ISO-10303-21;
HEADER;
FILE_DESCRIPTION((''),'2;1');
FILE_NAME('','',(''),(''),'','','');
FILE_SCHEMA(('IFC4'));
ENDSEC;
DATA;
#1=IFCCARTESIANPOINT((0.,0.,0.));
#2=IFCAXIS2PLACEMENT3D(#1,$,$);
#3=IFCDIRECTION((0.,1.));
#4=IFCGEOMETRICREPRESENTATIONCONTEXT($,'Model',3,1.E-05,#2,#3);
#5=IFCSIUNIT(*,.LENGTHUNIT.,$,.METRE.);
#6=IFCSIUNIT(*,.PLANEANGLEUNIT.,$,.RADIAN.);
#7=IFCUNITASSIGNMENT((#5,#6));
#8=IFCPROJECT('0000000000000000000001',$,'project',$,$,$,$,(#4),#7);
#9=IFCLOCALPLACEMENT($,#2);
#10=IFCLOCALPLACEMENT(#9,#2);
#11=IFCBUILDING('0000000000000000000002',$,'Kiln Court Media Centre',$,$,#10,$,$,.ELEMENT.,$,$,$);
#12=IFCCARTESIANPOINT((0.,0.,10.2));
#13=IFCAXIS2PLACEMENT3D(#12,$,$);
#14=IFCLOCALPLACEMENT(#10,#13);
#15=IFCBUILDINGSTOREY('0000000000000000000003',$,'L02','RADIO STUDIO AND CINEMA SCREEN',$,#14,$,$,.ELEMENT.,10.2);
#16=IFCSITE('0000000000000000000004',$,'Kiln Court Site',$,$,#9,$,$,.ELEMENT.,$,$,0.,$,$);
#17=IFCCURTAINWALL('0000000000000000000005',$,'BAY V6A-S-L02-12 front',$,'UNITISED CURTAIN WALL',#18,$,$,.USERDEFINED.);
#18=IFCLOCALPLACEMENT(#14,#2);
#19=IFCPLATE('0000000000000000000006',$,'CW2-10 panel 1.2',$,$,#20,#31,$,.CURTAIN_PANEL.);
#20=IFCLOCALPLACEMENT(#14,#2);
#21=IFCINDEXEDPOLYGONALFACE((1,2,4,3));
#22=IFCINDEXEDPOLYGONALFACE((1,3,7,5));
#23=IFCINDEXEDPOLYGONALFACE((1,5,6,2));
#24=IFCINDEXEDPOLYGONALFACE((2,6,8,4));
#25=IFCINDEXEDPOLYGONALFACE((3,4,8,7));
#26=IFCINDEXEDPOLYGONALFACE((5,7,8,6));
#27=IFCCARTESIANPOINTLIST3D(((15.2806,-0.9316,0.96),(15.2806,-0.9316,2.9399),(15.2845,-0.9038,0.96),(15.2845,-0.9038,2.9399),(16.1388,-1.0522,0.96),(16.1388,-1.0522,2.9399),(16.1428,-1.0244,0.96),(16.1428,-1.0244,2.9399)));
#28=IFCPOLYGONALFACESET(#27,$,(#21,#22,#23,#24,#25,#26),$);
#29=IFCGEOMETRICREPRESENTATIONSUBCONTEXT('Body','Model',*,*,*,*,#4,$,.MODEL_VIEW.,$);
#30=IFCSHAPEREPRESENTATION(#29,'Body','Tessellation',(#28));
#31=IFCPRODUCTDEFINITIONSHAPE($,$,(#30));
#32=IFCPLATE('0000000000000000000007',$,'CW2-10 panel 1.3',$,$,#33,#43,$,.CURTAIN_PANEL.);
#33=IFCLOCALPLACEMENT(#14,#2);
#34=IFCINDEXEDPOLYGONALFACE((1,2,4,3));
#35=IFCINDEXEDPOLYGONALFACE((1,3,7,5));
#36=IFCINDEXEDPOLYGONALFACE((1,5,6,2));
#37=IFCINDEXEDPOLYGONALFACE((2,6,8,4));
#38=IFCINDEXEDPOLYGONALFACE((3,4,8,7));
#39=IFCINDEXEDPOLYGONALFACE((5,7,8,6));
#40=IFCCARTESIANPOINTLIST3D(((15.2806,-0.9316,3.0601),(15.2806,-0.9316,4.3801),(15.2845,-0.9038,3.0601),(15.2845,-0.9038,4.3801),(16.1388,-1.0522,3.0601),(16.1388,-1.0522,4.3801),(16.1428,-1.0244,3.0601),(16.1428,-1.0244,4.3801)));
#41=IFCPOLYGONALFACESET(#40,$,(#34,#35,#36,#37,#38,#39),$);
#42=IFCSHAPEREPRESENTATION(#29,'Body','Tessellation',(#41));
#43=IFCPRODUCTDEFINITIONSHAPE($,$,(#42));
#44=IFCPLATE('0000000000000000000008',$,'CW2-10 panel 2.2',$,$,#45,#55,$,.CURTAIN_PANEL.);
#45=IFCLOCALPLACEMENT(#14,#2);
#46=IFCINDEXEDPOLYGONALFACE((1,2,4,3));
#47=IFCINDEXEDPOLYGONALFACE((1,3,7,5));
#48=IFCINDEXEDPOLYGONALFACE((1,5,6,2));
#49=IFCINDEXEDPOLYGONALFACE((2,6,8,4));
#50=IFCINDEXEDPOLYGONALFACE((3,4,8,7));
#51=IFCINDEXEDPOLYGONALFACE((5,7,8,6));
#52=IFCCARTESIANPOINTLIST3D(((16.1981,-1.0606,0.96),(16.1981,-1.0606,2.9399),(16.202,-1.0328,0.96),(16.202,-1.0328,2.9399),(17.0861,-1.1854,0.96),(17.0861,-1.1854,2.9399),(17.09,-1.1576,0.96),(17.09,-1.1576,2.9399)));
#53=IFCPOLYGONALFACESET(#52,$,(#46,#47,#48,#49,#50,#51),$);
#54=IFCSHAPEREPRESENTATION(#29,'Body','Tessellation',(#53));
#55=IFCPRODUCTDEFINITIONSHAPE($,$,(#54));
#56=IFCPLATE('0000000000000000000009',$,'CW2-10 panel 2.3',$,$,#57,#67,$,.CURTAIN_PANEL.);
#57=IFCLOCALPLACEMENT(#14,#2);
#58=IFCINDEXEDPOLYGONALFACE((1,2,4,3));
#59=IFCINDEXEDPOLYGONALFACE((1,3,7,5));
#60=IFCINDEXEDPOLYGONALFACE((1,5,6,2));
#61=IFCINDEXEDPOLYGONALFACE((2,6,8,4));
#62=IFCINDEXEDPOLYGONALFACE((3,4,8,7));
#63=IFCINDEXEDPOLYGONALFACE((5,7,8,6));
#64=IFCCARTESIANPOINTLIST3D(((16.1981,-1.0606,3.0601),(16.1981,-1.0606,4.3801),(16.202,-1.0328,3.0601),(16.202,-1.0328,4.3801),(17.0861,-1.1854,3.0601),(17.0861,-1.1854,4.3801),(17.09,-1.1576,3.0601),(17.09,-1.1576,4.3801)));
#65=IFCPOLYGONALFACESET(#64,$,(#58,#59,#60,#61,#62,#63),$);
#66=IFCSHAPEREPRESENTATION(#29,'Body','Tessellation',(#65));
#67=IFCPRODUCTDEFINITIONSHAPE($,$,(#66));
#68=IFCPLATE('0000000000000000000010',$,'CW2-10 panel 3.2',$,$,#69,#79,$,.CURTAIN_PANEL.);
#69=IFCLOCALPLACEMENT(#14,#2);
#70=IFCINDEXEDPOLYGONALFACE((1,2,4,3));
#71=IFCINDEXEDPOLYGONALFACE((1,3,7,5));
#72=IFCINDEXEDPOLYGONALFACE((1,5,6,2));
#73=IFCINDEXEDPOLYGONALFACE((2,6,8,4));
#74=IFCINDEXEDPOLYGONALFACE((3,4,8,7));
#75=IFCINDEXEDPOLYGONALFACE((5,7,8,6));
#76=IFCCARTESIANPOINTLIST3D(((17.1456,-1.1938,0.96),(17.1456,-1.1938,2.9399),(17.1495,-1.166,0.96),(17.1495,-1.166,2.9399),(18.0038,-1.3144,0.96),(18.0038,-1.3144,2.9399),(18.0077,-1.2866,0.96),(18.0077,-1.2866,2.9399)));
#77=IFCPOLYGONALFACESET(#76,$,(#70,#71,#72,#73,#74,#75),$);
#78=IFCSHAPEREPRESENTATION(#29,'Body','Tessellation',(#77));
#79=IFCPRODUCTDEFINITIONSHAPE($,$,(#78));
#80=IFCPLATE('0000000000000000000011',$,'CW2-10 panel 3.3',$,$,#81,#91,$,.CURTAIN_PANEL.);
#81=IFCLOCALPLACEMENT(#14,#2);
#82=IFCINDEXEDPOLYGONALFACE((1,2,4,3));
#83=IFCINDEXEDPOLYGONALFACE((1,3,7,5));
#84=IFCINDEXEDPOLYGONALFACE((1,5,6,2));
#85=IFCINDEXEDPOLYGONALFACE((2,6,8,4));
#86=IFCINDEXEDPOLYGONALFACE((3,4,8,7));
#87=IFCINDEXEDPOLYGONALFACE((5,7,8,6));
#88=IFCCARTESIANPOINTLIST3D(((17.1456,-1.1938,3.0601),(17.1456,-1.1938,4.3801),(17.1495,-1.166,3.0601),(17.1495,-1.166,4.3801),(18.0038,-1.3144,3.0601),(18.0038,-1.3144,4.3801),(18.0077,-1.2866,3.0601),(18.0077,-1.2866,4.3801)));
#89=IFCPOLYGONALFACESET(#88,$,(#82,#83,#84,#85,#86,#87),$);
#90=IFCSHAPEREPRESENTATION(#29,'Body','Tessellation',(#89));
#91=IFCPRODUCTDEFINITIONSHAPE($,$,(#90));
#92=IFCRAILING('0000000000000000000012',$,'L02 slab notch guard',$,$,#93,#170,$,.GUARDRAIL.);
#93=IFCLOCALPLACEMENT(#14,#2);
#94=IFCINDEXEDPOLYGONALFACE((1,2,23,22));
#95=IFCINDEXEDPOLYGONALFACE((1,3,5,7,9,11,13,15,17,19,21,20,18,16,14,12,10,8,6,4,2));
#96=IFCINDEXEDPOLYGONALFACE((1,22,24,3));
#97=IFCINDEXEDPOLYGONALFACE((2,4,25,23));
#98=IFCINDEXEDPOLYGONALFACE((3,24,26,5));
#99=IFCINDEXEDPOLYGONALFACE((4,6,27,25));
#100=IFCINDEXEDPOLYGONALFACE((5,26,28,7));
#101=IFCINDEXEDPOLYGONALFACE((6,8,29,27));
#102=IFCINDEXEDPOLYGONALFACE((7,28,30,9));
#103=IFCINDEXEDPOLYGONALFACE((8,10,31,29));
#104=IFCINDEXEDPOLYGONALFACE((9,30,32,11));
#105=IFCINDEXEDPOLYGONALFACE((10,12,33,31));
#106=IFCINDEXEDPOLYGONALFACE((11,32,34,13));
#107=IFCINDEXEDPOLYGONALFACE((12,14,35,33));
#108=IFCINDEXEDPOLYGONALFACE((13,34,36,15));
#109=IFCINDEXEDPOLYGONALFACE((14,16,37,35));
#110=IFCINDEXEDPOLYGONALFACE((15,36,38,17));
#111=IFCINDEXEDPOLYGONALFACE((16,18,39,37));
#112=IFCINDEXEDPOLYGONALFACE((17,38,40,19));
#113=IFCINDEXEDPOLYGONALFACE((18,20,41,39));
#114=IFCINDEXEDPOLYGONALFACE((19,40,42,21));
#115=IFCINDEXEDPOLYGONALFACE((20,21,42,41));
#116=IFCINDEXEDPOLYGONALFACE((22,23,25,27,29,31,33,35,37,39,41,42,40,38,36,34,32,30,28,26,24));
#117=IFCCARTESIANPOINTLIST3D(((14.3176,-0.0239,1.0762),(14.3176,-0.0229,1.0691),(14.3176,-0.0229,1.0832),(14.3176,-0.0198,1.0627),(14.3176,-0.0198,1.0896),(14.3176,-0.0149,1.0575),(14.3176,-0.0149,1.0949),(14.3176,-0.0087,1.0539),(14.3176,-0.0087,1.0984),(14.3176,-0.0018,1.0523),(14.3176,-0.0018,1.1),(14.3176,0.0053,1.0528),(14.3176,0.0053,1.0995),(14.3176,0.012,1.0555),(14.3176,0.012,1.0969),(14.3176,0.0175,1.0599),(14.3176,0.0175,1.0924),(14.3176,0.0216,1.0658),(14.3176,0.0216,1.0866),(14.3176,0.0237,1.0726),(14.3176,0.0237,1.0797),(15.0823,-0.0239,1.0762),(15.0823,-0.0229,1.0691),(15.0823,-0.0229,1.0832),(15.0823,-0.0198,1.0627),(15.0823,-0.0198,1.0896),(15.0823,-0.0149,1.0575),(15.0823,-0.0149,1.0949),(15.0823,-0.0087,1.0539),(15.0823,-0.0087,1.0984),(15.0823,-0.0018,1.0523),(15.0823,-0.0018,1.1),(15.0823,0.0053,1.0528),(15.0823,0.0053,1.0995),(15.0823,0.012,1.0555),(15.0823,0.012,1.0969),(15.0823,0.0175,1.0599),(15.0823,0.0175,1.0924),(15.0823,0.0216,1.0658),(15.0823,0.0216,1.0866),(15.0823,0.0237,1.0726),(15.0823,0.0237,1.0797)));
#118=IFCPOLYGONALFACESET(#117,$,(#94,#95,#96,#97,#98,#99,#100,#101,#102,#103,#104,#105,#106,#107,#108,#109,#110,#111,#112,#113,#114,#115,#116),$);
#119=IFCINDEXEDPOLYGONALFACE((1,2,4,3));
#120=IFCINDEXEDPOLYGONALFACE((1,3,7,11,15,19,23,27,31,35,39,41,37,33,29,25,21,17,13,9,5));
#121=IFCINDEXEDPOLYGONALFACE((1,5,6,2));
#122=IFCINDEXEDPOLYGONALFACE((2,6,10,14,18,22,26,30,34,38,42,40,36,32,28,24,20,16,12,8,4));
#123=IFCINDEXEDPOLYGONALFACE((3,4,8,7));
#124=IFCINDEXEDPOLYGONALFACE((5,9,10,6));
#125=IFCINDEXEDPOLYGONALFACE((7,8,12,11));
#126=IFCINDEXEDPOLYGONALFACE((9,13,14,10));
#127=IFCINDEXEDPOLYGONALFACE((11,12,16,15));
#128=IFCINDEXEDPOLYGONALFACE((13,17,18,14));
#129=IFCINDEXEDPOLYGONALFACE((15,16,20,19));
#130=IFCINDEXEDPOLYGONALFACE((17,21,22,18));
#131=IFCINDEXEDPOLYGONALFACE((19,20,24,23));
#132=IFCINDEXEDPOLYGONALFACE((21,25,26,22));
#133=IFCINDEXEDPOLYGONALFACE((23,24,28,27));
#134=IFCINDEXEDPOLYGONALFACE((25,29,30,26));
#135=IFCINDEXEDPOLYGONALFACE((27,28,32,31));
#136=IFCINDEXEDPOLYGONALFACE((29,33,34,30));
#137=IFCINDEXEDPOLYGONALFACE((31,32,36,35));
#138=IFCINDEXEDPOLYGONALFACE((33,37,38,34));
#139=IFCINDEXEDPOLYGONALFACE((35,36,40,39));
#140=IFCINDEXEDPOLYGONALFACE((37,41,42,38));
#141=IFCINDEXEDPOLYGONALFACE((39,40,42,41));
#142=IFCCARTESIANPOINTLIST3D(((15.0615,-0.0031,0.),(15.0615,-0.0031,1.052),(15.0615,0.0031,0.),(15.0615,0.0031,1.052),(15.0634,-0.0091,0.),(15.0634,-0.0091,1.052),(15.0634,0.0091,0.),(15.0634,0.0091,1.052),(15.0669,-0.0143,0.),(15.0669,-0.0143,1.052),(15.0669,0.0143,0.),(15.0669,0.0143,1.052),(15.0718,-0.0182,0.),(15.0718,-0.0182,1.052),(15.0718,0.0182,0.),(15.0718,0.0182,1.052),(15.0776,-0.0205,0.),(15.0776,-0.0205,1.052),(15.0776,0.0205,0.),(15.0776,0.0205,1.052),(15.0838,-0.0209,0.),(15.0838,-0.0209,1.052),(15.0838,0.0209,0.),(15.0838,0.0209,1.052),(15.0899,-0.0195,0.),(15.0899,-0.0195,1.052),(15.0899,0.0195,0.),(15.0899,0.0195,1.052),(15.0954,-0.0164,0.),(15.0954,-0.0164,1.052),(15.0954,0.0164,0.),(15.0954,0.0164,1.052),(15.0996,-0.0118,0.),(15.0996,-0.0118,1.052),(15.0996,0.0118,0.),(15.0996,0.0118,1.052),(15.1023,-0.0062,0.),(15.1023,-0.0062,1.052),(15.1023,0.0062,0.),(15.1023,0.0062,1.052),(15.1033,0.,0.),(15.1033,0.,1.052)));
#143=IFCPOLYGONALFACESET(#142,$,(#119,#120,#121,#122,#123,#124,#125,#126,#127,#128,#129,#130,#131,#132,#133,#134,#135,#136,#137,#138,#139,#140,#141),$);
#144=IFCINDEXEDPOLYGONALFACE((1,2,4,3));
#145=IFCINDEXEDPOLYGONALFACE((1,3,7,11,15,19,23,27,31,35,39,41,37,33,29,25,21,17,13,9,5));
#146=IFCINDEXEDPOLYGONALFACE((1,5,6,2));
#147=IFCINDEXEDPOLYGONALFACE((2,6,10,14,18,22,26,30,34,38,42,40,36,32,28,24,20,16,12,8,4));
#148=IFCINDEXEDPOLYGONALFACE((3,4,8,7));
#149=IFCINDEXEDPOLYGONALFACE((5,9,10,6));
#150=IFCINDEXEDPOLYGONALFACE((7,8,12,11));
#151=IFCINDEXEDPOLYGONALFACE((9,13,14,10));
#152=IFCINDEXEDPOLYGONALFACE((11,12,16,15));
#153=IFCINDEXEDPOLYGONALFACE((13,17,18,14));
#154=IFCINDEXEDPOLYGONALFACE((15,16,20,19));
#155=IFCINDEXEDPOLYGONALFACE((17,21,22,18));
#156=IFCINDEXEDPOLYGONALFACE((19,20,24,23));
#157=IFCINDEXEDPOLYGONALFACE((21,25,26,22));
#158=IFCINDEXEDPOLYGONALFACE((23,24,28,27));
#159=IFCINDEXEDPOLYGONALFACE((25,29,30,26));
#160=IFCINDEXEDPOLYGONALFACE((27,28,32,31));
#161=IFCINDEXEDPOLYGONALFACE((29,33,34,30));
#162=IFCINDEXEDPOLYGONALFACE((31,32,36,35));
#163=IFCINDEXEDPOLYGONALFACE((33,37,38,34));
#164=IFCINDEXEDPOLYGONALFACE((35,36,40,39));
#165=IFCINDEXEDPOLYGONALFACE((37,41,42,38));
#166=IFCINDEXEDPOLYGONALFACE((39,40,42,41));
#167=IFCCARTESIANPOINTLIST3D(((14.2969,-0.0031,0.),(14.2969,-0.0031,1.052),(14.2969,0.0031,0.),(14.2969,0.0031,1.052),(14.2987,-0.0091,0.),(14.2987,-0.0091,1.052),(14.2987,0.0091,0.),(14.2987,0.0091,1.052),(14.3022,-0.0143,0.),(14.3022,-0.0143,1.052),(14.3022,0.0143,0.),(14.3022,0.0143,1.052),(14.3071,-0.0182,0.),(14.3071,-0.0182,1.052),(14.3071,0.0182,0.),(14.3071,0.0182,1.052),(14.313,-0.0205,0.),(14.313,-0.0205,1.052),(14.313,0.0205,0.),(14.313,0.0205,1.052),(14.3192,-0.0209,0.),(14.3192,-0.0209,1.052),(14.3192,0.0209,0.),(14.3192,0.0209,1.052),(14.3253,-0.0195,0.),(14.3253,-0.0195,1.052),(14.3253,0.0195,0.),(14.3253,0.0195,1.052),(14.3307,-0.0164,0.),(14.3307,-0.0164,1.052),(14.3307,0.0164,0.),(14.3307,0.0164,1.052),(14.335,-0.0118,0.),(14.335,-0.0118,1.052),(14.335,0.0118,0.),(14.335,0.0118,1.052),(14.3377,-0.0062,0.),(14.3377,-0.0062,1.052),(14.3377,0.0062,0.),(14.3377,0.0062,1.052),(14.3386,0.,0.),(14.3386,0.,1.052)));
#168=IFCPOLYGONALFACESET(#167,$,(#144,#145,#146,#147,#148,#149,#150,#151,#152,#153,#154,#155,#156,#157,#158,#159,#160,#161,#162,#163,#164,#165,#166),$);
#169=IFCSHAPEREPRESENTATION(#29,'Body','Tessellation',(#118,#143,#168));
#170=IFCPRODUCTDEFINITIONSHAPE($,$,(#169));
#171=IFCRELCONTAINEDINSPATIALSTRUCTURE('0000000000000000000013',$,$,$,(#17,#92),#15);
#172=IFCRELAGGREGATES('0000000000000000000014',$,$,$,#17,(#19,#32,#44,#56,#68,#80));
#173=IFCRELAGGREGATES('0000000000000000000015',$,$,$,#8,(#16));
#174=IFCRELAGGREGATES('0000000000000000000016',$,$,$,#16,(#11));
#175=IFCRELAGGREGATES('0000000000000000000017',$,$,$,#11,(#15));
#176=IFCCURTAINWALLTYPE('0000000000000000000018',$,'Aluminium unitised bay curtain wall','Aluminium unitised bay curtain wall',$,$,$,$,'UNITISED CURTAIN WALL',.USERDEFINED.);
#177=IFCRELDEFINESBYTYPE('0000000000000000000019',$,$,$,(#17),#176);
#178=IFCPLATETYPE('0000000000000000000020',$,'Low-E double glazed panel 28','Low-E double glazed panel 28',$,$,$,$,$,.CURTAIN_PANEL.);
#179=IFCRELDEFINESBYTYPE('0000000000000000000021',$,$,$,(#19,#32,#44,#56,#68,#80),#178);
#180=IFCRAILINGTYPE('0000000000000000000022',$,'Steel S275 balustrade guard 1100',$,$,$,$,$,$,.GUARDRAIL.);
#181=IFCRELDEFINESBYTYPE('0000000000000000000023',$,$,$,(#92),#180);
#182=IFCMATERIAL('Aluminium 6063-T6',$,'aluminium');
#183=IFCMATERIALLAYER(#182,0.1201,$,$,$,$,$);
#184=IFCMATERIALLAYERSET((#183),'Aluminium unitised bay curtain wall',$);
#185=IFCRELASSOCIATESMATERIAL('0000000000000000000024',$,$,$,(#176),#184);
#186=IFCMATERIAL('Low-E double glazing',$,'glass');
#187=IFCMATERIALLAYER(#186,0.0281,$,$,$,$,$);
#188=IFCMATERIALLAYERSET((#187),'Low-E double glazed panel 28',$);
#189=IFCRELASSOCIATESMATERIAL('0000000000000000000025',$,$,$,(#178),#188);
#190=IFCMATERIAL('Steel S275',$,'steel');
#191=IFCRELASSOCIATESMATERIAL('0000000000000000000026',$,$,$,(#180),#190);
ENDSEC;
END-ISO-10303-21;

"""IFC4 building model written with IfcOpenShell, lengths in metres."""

from ifc_helpers import new_model, si_unit, direction, frame, origin, origin_2d, place, context, subcontext, project, spatial, rectangle, circle, extrude, material, layer, layer_set, type_object, element, aggregate, save


model = new_model("IFC4")

# Units and contexts
model_context = context("Model", 3, precision=1e-05, world=origin(), true_north=direction((0.0, 1.0)))
body_context = subcontext(model_context, "Body", "Model", "MODEL_VIEW")
ifc_project = project(units=[si_unit("LENGTHUNIT", "METRE"), si_unit("PLANEANGLEUNIT", "RADIAN")], contexts=[model_context])

# Site, building, storey
site_placement = place(None, origin())
site = spatial("IfcSite", under=ifc_project, at=site_placement, Name="Kiln Court Site", CompositionType="ELEMENT", RefElevation=0.0)
building_placement = place(site_placement, origin())
building = spatial("IfcBuilding", under=site, at=building_placement, Name="Kiln Court Media Centre", CompositionType="ELEMENT")
storey_placement = place(building_placement, frame((0.0, 0.0, 10.2)))
storey = spatial("IfcBuildingStorey", under=building, at=storey_placement, Name="L02", Description="RADIO STUDIO AND CINEMA SCREEN", CompositionType="ELEMENT", Elevation=10.2)

# Shared definitions
ifc_material_1 = material(Name="Aluminium 6063-T6", Category="aluminium")
ifc_layer_1 = layer(ifc_material_1, 0.1201)
ifc_layer_set_1 = layer_set([ifc_layer_1], Name="Aluminium unitised bay curtain wall")
curtain_wall_type = type_object("IfcCurtainWallType", Name="Aluminium unitised bay curtain wall", Description="Aluminium unitised bay curtain wall", ElementType="UNITISED CURTAIN WALL", PredefinedType="USERDEFINED", material=ifc_layer_set_1)

# Curtain wall
curtain_wall_1_placement = place(storey_placement, origin())
curtain_wall_1 = element("IfcCurtainWall", 1, at=curtain_wall_1_placement, inside=storey, type_object=curtain_wall_type, Name="BAY V6A-S-L02-12 front", ObjectType="UNITISED CURTAIN WALL", PredefinedType="USERDEFINED")

# Plates
ifc_material_2 = material(Name="Low-E double glazing", Category="glass")
ifc_layer_2 = layer(ifc_material_2, 0.0281)
ifc_layer_set_2 = layer_set([ifc_layer_2], Name="Low-E double glazed panel 28")
plate_type_1 = type_object("IfcPlateType", Name="Low-E double glazed panel 28", Description="Low-E double glazed panel 28", PredefinedType="CURTAIN_PANEL", material=ifc_layer_set_2)
plate_1_placement = place(storey_placement, frame((15.7117, -0.978, 0.96), z_axis=(0.0, 0.0, 1.0), x_axis=(0.99027, -0.139162, 0.0)))
plate_1 = element("IfcPlate", 2, at=plate_1_placement, type_object=plate_type_1, Name="CW2-10 panel 1.2", PredefinedType="CURTAIN_PANEL", context=body_context, shape_type="SweptSolid", body=[
    extrude(rectangle(XDim=0.8667, YDim=0.0281, at=origin_2d()), origin(), (0.0, 0.0, 1.0), 1.98),
])
plate_2_placement = place(storey_placement, frame((15.7117, -0.978, 3.0601), z_axis=(0.0, 0.0, 1.0), x_axis=(0.99027, -0.139162, 0.0)))
plate_2 = element("IfcPlate", 3, at=plate_2_placement, type_object=plate_type_1, Name="CW2-10 panel 1.3", PredefinedType="CURTAIN_PANEL", context=body_context, shape_type="SweptSolid", body=[
    extrude(rectangle(XDim=0.8667, YDim=0.0281, at=origin_2d()), origin(), (0.0, 0.0, 1.0), 1.3201),
])
plate_3_placement = place(storey_placement, frame((16.644, -1.1091, 0.96), z_axis=(0.0, 0.0, 1.0), x_axis=(0.99027, -0.139162, 0.0)))
plate_3 = element("IfcPlate", 4, at=plate_3_placement, type_object=plate_type_1, Name="CW2-10 panel 2.2", PredefinedType="CURTAIN_PANEL", context=body_context, shape_type="SweptSolid", body=[
    extrude(rectangle(XDim=0.8967, YDim=0.0281, at=origin_2d()), origin(), (0.0, 0.0, 1.0), 1.98),
])
plate_4_placement = place(storey_placement, frame((16.644, -1.1091, 3.0601), z_axis=(0.0, 0.0, 1.0), x_axis=(0.99027, -0.139162, 0.0)))
plate_4 = element("IfcPlate", 5, at=plate_4_placement, type_object=plate_type_1, Name="CW2-10 panel 2.3", PredefinedType="CURTAIN_PANEL", context=body_context, shape_type="SweptSolid", body=[
    extrude(rectangle(XDim=0.8967, YDim=0.0281, at=origin_2d()), origin(), (0.0, 0.0, 1.0), 1.3201),
])
plate_5_placement = place(storey_placement, frame((17.5767, -1.2402, 0.96), z_axis=(0.0, 0.0, 1.0), x_axis=(0.99027, -0.139162, 0.0)))
plate_5 = element("IfcPlate", 6, at=plate_5_placement, type_object=plate_type_1, Name="CW2-10 panel 3.2", PredefinedType="CURTAIN_PANEL", context=body_context, shape_type="SweptSolid", body=[
    extrude(rectangle(XDim=0.8667, YDim=0.0281, at=origin_2d()), origin(), (0.0, 0.0, 1.0), 1.98),
])
plate_6_placement = place(storey_placement, frame((17.5767, -1.2402, 3.0601), z_axis=(0.0, 0.0, 1.0), x_axis=(0.99027, -0.139162, 0.0)))
plate_6 = element("IfcPlate", 7, at=plate_6_placement, type_object=plate_type_1, Name="CW2-10 panel 3.3", PredefinedType="CURTAIN_PANEL", context=body_context, shape_type="SweptSolid", body=[
    extrude(rectangle(XDim=0.8667, YDim=0.0281, at=origin_2d()), origin(), (0.0, 0.0, 1.0), 1.3201),
])
aggregate(curtain_wall_1, [plate_1, plate_2, plate_3, plate_4, plate_5, plate_6])

# Railing
ifc_material_3 = material(Name="Steel S275", Category="steel")
railing_type = type_object("IfcRailingType", Name="Steel S275 balustrade guard 1100", PredefinedType="GUARDRAIL", material=ifc_material_3)
railing_placement = place(storey_placement, frame((15.0823, 0.0, 0.0)))
element("IfcRailing", 8, at=railing_placement, inside=storey, type_object=railing_type, Name="L02 slab notch guard", PredefinedType="GUARDRAIL", context=body_context, shape_type="SweptSolid", body=[
    extrude(circle(Radius=0.0239, at=origin_2d()), frame((0.0, 0.0, 1.0762), z_axis=(-1.0, 0.0, 0.0), x_axis=(0.0, -1.0, 0.0)), (0.0, 0.0, 1.0), 0.7646),
    extrude(circle(Radius=0.021, at=origin_2d()), origin(), (0.0, 0.0, 1.0), 1.052),
    extrude(circle(Radius=0.021, at=origin_2d()), frame((-0.7646, 0.0, 0.0)), (0.0, 0.0, 1.0), 1.052),
])

save(model, "model.ifc")
